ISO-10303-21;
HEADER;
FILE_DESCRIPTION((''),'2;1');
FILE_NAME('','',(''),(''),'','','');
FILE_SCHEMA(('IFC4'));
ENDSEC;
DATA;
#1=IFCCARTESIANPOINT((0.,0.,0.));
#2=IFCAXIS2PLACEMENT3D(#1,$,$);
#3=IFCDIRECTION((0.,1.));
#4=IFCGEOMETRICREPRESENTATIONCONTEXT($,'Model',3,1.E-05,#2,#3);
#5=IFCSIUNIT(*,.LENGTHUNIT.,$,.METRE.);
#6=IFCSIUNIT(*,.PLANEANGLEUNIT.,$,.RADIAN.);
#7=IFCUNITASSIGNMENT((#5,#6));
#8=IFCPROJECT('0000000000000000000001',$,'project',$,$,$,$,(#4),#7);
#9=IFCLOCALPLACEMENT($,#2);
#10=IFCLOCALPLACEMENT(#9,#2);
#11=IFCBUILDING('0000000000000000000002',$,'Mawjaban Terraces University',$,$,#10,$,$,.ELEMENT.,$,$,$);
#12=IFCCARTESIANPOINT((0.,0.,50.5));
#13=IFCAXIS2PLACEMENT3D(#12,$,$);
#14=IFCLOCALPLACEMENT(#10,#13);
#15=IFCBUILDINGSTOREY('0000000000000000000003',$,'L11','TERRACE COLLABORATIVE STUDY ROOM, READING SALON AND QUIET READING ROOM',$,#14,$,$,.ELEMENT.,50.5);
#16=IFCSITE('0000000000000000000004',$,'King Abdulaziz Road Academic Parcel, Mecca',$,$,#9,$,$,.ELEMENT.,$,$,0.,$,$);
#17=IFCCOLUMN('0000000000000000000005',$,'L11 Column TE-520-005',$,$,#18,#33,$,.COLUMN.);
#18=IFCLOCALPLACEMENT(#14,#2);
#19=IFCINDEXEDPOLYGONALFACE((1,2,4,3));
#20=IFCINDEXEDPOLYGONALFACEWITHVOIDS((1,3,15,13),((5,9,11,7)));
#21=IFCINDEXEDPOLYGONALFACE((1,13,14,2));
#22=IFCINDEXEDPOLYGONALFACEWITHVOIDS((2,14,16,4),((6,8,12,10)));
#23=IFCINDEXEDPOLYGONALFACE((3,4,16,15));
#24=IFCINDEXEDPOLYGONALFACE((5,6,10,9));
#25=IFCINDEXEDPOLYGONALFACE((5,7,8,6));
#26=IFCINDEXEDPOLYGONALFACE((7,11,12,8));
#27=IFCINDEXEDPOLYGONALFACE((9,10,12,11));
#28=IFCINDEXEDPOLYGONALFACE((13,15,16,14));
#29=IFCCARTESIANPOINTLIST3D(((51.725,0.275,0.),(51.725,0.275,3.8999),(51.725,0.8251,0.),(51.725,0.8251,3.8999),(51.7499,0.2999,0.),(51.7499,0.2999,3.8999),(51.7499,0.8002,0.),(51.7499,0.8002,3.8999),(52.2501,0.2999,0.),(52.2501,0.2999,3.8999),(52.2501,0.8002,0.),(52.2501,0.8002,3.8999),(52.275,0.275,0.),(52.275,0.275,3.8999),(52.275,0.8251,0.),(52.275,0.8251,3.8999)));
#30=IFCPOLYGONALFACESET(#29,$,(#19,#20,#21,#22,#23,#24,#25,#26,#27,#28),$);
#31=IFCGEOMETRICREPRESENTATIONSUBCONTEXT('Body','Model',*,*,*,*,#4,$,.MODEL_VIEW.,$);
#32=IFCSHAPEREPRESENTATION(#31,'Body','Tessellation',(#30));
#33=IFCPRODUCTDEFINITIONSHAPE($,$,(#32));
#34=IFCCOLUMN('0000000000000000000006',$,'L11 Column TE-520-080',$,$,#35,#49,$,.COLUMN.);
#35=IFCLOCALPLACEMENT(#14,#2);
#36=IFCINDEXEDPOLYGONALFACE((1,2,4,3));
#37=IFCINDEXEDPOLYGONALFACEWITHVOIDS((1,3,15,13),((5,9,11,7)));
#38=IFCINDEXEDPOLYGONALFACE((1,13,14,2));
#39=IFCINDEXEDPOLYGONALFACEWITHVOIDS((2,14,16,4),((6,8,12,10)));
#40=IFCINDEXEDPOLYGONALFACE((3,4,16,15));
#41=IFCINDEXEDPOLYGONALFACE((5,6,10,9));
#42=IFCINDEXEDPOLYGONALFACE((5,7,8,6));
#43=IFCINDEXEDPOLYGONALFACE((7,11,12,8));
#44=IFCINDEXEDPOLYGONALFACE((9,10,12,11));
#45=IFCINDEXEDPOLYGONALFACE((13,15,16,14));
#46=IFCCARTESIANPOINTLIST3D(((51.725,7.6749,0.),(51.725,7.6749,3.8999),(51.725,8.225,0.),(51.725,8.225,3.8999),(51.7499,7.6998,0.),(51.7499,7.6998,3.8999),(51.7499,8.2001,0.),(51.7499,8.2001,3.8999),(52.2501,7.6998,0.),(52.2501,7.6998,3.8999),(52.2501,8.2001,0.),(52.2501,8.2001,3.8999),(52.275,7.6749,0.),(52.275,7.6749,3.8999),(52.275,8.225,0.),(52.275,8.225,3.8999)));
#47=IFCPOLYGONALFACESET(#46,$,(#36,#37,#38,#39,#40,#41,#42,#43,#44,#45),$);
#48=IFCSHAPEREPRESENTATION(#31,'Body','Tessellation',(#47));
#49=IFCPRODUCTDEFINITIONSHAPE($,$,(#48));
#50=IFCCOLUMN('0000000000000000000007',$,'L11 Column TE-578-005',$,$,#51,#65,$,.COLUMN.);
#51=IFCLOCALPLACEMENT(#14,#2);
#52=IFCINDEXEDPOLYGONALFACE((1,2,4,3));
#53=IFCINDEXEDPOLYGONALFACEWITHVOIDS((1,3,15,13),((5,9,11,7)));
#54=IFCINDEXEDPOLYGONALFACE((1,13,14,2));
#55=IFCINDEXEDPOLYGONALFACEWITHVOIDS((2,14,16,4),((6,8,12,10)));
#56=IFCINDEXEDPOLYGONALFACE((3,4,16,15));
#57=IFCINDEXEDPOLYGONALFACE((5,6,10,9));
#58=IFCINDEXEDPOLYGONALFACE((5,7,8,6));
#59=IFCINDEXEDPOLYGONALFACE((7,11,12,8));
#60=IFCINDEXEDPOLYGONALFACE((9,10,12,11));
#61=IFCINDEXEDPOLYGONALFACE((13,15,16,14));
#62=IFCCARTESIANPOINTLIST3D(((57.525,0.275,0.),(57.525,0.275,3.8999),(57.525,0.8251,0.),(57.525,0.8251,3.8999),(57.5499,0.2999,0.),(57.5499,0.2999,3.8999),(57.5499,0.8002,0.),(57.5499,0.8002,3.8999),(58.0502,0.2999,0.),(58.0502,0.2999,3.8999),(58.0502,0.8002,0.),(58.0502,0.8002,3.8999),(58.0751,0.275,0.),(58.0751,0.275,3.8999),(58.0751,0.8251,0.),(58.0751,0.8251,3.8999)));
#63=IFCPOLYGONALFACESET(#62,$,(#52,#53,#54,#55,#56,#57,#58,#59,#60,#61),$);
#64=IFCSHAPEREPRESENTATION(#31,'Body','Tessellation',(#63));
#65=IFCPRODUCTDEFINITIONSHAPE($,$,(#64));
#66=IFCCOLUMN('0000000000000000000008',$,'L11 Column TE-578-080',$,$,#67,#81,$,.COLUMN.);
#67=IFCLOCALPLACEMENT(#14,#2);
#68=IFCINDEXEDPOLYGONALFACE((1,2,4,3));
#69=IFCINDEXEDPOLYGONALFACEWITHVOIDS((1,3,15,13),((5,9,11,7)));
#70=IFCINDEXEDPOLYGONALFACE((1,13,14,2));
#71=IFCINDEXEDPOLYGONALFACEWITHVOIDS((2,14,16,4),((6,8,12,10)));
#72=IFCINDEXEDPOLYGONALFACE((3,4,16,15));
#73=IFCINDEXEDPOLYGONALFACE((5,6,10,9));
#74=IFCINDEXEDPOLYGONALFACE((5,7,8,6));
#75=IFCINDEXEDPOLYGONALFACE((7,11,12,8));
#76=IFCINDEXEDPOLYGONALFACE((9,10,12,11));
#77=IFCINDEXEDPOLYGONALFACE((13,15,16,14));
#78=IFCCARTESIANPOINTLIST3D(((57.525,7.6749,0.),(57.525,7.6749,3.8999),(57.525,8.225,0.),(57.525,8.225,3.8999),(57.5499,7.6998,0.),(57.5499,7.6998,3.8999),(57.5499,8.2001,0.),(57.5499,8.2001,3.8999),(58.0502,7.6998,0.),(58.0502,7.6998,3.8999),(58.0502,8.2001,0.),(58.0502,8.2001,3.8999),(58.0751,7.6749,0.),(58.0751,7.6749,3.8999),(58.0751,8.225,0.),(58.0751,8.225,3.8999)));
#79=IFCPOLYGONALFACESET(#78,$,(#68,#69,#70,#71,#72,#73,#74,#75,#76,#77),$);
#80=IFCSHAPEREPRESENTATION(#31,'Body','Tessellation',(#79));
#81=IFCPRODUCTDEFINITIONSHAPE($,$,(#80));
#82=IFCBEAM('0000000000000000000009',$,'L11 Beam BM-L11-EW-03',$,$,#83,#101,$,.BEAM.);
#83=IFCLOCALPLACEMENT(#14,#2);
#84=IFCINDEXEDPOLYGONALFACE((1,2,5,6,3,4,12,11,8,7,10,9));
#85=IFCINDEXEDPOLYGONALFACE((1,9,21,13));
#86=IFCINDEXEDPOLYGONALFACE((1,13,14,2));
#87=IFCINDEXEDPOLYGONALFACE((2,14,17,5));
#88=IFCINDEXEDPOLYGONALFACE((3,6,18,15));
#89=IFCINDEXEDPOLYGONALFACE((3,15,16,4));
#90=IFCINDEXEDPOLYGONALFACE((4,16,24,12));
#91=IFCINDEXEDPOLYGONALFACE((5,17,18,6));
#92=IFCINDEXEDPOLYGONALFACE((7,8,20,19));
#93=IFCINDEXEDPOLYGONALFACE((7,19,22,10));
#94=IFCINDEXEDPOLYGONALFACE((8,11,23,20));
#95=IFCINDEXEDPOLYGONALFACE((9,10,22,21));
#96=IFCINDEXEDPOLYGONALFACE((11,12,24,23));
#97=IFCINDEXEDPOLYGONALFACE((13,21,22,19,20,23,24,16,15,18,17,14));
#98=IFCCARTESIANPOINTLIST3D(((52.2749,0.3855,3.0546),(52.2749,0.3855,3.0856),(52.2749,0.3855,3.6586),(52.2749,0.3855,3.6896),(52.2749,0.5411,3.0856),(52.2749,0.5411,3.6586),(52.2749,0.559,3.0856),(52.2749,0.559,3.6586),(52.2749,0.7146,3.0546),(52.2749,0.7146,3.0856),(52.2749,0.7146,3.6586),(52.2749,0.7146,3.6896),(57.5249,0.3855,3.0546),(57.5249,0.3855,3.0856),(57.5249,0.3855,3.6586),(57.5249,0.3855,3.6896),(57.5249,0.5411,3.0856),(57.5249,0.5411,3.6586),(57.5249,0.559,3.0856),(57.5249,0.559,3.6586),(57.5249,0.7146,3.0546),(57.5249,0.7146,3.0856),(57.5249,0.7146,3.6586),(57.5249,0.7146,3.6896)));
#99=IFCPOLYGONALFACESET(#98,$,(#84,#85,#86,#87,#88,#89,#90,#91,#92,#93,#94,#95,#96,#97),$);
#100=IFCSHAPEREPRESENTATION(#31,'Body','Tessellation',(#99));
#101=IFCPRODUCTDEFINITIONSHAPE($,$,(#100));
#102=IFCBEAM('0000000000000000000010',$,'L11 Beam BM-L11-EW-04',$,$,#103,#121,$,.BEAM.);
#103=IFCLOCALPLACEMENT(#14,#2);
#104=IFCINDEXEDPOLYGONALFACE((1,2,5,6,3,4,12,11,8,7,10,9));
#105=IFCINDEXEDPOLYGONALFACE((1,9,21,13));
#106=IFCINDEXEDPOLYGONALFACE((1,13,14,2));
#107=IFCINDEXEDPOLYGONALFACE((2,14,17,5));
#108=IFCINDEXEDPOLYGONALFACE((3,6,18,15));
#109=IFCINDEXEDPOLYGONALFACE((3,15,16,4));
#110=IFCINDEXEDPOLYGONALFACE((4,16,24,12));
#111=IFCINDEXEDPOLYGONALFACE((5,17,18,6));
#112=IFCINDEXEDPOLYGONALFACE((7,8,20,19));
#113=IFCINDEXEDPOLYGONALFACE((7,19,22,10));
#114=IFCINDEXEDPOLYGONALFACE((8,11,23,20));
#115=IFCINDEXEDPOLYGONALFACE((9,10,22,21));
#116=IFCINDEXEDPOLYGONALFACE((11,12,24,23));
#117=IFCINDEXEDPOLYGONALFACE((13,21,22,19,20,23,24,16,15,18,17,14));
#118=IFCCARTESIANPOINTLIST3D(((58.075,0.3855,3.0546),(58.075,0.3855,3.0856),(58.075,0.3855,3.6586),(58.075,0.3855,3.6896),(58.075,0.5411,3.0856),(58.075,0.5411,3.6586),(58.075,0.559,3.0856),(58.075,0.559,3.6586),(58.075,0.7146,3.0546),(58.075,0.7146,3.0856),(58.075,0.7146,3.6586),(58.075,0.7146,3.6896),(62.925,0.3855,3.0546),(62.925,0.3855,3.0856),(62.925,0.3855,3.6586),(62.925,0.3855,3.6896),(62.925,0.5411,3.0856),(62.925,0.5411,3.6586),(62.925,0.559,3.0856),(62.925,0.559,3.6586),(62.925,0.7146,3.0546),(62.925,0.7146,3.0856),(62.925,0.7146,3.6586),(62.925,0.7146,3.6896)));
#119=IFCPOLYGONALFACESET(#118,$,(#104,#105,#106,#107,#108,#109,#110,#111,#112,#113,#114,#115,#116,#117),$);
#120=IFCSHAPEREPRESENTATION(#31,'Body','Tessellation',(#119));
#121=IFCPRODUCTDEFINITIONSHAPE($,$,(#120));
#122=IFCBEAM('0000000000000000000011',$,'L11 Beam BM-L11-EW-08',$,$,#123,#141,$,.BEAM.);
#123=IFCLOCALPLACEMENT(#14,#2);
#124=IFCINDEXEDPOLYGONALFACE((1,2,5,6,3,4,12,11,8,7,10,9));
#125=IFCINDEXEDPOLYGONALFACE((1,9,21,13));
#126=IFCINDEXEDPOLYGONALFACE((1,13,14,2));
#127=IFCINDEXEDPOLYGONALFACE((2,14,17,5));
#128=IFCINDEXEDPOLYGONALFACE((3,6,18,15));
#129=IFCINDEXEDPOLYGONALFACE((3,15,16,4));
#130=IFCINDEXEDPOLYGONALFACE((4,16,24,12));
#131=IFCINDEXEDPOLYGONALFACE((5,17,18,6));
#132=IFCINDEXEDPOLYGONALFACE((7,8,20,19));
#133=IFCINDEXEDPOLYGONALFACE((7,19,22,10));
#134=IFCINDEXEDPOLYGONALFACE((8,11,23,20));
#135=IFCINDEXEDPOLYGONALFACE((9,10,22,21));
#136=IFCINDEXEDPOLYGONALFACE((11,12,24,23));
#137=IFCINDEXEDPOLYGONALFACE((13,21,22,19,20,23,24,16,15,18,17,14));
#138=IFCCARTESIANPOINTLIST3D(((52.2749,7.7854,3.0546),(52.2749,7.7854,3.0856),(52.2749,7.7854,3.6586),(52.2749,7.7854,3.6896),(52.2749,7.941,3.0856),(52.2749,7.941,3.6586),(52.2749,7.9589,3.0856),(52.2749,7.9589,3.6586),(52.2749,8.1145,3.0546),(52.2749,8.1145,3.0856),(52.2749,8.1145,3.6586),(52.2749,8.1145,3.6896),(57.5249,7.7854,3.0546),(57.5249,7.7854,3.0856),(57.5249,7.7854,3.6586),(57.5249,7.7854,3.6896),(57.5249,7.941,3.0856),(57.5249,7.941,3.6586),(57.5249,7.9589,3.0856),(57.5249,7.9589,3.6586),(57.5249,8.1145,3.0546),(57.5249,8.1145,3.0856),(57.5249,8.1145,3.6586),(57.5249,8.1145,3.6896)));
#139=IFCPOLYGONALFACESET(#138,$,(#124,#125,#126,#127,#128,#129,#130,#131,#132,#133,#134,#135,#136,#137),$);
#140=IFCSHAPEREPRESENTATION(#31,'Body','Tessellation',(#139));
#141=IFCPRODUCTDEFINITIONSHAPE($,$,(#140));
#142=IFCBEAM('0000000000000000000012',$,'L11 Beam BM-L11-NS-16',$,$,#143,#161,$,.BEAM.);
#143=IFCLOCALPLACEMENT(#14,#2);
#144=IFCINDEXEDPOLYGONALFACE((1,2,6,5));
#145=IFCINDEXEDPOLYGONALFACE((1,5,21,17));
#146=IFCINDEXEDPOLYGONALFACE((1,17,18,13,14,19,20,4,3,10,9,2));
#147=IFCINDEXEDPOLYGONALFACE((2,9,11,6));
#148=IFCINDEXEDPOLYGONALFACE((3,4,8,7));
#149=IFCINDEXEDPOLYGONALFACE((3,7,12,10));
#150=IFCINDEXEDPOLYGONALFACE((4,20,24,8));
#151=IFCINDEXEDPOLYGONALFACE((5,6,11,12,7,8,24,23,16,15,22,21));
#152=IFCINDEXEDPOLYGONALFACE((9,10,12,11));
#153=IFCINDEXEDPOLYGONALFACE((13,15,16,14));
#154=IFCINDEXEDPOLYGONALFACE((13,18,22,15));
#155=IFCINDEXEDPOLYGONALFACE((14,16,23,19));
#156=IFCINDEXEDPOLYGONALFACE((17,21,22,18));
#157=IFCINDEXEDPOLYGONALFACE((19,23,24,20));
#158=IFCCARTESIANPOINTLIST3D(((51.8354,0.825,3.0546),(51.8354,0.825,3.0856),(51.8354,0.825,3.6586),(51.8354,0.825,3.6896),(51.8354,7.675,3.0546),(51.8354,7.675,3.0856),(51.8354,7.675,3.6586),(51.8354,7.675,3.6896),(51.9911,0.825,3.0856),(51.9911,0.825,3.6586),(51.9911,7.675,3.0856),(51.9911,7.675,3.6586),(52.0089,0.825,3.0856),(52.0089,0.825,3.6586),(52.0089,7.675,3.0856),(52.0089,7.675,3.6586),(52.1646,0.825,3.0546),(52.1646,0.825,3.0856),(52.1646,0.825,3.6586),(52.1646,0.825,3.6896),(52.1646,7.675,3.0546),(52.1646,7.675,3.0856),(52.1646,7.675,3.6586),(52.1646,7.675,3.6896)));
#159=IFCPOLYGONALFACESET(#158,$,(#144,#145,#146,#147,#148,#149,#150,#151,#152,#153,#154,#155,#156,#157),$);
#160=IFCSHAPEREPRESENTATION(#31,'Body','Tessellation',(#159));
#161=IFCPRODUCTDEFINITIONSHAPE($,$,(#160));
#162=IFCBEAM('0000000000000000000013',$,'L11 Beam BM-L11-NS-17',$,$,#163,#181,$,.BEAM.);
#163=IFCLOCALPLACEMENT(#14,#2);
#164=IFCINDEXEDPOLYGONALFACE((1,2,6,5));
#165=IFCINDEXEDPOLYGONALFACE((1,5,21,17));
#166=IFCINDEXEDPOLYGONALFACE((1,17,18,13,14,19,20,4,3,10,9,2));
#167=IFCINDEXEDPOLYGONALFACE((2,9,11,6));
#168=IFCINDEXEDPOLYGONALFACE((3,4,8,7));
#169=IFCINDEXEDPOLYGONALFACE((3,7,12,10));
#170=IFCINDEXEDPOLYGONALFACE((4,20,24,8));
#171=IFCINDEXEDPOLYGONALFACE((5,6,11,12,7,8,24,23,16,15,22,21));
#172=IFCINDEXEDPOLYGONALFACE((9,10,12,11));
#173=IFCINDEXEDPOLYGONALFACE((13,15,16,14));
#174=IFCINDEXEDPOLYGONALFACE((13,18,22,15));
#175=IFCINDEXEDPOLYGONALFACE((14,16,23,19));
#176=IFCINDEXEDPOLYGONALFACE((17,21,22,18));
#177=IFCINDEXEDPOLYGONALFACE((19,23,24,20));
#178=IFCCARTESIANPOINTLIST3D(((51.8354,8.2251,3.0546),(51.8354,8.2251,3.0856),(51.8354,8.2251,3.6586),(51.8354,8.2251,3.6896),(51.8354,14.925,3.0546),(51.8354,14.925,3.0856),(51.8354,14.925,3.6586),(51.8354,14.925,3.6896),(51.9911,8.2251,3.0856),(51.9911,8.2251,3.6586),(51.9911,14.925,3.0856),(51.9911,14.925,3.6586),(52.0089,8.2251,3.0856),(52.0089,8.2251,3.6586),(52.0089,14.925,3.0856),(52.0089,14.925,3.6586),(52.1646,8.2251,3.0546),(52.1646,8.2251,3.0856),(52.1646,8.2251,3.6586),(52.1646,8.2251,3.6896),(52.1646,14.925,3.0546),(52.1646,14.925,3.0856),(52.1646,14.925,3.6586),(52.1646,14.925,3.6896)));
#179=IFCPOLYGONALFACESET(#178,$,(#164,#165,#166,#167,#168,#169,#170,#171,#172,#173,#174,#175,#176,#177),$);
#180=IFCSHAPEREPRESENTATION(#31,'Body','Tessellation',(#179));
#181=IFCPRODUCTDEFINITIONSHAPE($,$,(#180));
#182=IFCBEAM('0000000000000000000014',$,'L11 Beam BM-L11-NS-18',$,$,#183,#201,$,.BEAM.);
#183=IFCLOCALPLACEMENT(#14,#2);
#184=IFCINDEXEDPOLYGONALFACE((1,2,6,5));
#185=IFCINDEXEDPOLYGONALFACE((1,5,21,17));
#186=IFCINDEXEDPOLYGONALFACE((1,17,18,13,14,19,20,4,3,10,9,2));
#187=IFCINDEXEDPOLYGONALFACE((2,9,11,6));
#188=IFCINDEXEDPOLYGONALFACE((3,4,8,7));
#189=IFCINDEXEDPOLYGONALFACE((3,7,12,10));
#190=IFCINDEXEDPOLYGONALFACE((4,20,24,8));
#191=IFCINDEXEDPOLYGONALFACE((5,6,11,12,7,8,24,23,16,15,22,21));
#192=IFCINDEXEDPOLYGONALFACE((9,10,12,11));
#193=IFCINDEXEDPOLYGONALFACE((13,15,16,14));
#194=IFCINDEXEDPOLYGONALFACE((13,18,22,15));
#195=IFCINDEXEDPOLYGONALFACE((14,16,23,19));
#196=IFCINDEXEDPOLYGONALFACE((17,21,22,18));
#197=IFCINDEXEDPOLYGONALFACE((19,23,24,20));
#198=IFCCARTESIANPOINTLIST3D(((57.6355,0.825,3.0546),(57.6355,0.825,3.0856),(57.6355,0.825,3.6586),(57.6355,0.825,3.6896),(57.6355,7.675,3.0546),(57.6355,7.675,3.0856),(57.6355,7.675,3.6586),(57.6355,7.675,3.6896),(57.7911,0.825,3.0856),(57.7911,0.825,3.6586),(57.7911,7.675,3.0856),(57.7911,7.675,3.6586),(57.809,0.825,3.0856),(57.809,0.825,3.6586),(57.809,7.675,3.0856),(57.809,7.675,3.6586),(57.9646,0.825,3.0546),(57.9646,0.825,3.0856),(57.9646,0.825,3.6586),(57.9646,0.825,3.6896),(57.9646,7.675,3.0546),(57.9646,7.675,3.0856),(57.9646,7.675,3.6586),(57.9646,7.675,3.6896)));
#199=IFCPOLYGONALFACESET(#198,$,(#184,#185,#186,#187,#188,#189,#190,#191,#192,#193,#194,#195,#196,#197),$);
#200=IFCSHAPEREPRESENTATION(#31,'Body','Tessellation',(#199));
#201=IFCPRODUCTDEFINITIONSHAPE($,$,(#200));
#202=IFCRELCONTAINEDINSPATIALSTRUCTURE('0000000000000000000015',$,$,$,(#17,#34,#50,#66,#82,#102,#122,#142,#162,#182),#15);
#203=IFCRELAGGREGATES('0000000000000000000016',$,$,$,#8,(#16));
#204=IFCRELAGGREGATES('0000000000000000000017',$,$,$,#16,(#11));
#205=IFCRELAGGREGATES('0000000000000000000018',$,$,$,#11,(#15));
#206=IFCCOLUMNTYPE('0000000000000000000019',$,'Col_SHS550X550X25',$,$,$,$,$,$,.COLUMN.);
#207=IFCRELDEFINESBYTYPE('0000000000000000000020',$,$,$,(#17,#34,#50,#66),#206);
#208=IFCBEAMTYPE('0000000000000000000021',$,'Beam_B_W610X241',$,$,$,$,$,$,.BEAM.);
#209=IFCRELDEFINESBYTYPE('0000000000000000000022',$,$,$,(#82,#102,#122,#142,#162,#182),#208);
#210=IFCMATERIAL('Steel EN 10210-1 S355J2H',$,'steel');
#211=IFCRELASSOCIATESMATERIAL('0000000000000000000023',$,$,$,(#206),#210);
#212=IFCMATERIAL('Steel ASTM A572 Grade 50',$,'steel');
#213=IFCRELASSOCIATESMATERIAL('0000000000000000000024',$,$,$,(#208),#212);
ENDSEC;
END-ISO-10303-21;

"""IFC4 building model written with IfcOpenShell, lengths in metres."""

from ifc_helpers import new_model, si_unit, direction, frame, origin, origin_2d, place, context, subcontext, project, spatial, hollow_rectangle, i_section, extrude, material, material_profile, profile_set, type_object, element, save


model = new_model("IFC4")

# Units and contexts
model_context = context("Model", 3, precision=1e-05, world=origin(), true_north=direction((0.0, 1.0)))
body_context = subcontext(model_context, "Body", "Model", "MODEL_VIEW")
ifc_project = project(units=[si_unit("LENGTHUNIT", "METRE"), si_unit("PLANEANGLEUNIT", "RADIAN")], contexts=[model_context])

# Site, building, storey
site_placement = place(None, origin())
site = spatial("IfcSite", under=ifc_project, at=site_placement, Name="King Abdulaziz Road Academic Parcel, Mecca", CompositionType="ELEMENT", RefElevation=0.0)
building_placement = place(site_placement, origin())
building = spatial("IfcBuilding", under=site, at=building_placement, Name="Mawjaban Terraces University", CompositionType="ELEMENT")
storey_placement = place(building_placement, frame((0.0, 0.0, 50.5)))
storey = spatial("IfcBuildingStorey", under=building, at=storey_placement, Name="L11", Description="TERRACE COLLABORATIVE STUDY ROOM, READING SALON AND QUIET READING ROOM", CompositionType="ELEMENT", Elevation=50.5)

# Columns
ifc_material_1 = material(Name="Steel EN 10210-1 S355J2H", Category="steel")
ifc_material_profile_1 = material_profile(ifc_material_1, hollow_rectangle(XDim=0.55, YDim=0.55, WallThickness=0.0249, at=origin_2d()), Name="SHS550X550X25")
ifc_profile_set_1 = profile_set([ifc_material_profile_1], Name="Steel EN 10210-1 S355J2H")
column_type = type_object("IfcColumnType", Name="Col_SHS550X550X25", PredefinedType="COLUMN", material=ifc_profile_set_1)
for number, where, z_axis, x_axis, name in (
    (1, (52.0, 0.55, 0.0), (0.0, 0.0, 1.0), (1.0, 0.0, 0.0), "L11 Column TE-520-005"),
    (2, (52.0, 7.95, 0.0), (0.0, 0.0, 1.0), (1.0, 0.0, 0.0), "L11 Column TE-520-080"),
    (3, (57.8, 0.55, 0.0), (0.0, 0.0, 1.0), (1.0, 0.0, 0.0), "L11 Column TE-578-005"),
    (4, (57.8, 7.95, 0.0), (0.0, 0.0, 1.0), (1.0, 0.0, 0.0), "L11 Column TE-578-080"),
):
    element("IfcColumn", number, at=place(storey_placement, frame(where, z_axis=z_axis, x_axis=x_axis)), inside=storey, type_object=column_type, Name=name, PredefinedType="COLUMN", context=body_context, shape_type="SweptSolid", body=[
        extrude(hollow_rectangle(XDim=0.55, YDim=0.55, WallThickness=0.0249, at=origin_2d()), origin(), (0.0, 0.0, 1.0), 3.8999),
    ])

# Beams
ifc_material_2 = material(Name="Steel ASTM A572 Grade 50", Category="steel")
ifc_material_profile_2 = material_profile(ifc_material_2, i_section(OverallWidth=0.3291, OverallDepth=0.635, WebThickness=0.0178, FlangeThickness=0.031, at=origin_2d()), Name="W610X241")
ifc_profile_set_2 = profile_set([ifc_material_profile_2], Name="Steel ASTM A572 Grade 50")
beam_type_1 = type_object("IfcBeamType", Name="Beam_B_W610X241", PredefinedType="BEAM", material=ifc_profile_set_2)
beam_1_placement = place(storey_placement, frame((52.2749, 0.55, 3.3721), z_axis=(1.0, 0.0, 0.0), x_axis=(0.0, 1.0, 0.0)))
element("IfcBeam", 5, at=beam_1_placement, inside=storey, type_object=beam_type_1, Name="L11 Beam BM-L11-EW-03", PredefinedType="BEAM", context=body_context, shape_type="SweptSolid", body=[
    extrude(i_section(OverallWidth=0.3291, OverallDepth=0.635, WebThickness=0.0178, FlangeThickness=0.031, at=origin_2d()), origin(), (0.0, 0.0, 1.0), 5.25),
])
beam_2_placement = place(storey_placement, frame((58.075, 0.55, 3.3721), z_axis=(1.0, 0.0, 0.0), x_axis=(0.0, 1.0, 0.0)))
element("IfcBeam", 6, at=beam_2_placement, inside=storey, type_object=beam_type_1, Name="L11 Beam BM-L11-EW-04", PredefinedType="BEAM", context=body_context, shape_type="SweptSolid", body=[
    extrude(i_section(OverallWidth=0.3291, OverallDepth=0.635, WebThickness=0.0178, FlangeThickness=0.031, at=origin_2d()), origin(), (0.0, 0.0, 1.0), 4.8501),
])
beam_3_placement = place(storey_placement, frame((52.2749, 7.95, 3.3721), z_axis=(1.0, 0.0, 0.0), x_axis=(0.0, 1.0, 0.0)))
element("IfcBeam", 7, at=beam_3_placement, inside=storey, type_object=beam_type_1, Name="L11 Beam BM-L11-EW-08", PredefinedType="BEAM", context=body_context, shape_type="SweptSolid", body=[
    extrude(i_section(OverallWidth=0.3291, OverallDepth=0.635, WebThickness=0.0178, FlangeThickness=0.031, at=origin_2d()), origin(), (0.0, 0.0, 1.0), 5.25),
])
beam_4_placement = place(storey_placement, frame((52.0, 0.825, 3.3721), z_axis=(0.0, 1.0, 0.0), x_axis=(-1.0, 0.0, 0.0)))
element("IfcBeam", 8, at=beam_4_placement, inside=storey, type_object=beam_type_1, Name="L11 Beam BM-L11-NS-16", PredefinedType="BEAM", context=body_context, shape_type="SweptSolid", body=[
    extrude(i_section(OverallWidth=0.3291, OverallDepth=0.635, WebThickness=0.0178, FlangeThickness=0.031, at=origin_2d()), origin(), (0.0, 0.0, 1.0), 6.8501),
])
beam_5_placement = place(storey_placement, frame((52.0, 8.2251, 3.3721), z_axis=(0.0, 1.0, 0.0), x_axis=(-1.0, 0.0, 0.0)))
element("IfcBeam", 9, at=beam_5_placement, inside=storey, type_object=beam_type_1, Name="L11 Beam BM-L11-NS-17", PredefinedType="BEAM", context=body_context, shape_type="SweptSolid", body=[
    extrude(i_section(OverallWidth=0.3291, OverallDepth=0.635, WebThickness=0.0178, FlangeThickness=0.031, at=origin_2d()), origin(), (0.0, 0.0, 1.0), 6.7),
])
beam_6_placement = place(storey_placement, frame((57.8, 0.825, 3.3721), z_axis=(0.0, 1.0, 0.0), x_axis=(-1.0, 0.0, 0.0)))
element("IfcBeam", 10, at=beam_6_placement, inside=storey, type_object=beam_type_1, Name="L11 Beam BM-L11-NS-18", PredefinedType="BEAM", context=body_context, shape_type="SweptSolid", body=[
    extrude(i_section(OverallWidth=0.3291, OverallDepth=0.635, WebThickness=0.0178, FlangeThickness=0.031, at=origin_2d()), origin(), (0.0, 0.0, 1.0), 6.8501),
])

save(model, "model.ifc")
